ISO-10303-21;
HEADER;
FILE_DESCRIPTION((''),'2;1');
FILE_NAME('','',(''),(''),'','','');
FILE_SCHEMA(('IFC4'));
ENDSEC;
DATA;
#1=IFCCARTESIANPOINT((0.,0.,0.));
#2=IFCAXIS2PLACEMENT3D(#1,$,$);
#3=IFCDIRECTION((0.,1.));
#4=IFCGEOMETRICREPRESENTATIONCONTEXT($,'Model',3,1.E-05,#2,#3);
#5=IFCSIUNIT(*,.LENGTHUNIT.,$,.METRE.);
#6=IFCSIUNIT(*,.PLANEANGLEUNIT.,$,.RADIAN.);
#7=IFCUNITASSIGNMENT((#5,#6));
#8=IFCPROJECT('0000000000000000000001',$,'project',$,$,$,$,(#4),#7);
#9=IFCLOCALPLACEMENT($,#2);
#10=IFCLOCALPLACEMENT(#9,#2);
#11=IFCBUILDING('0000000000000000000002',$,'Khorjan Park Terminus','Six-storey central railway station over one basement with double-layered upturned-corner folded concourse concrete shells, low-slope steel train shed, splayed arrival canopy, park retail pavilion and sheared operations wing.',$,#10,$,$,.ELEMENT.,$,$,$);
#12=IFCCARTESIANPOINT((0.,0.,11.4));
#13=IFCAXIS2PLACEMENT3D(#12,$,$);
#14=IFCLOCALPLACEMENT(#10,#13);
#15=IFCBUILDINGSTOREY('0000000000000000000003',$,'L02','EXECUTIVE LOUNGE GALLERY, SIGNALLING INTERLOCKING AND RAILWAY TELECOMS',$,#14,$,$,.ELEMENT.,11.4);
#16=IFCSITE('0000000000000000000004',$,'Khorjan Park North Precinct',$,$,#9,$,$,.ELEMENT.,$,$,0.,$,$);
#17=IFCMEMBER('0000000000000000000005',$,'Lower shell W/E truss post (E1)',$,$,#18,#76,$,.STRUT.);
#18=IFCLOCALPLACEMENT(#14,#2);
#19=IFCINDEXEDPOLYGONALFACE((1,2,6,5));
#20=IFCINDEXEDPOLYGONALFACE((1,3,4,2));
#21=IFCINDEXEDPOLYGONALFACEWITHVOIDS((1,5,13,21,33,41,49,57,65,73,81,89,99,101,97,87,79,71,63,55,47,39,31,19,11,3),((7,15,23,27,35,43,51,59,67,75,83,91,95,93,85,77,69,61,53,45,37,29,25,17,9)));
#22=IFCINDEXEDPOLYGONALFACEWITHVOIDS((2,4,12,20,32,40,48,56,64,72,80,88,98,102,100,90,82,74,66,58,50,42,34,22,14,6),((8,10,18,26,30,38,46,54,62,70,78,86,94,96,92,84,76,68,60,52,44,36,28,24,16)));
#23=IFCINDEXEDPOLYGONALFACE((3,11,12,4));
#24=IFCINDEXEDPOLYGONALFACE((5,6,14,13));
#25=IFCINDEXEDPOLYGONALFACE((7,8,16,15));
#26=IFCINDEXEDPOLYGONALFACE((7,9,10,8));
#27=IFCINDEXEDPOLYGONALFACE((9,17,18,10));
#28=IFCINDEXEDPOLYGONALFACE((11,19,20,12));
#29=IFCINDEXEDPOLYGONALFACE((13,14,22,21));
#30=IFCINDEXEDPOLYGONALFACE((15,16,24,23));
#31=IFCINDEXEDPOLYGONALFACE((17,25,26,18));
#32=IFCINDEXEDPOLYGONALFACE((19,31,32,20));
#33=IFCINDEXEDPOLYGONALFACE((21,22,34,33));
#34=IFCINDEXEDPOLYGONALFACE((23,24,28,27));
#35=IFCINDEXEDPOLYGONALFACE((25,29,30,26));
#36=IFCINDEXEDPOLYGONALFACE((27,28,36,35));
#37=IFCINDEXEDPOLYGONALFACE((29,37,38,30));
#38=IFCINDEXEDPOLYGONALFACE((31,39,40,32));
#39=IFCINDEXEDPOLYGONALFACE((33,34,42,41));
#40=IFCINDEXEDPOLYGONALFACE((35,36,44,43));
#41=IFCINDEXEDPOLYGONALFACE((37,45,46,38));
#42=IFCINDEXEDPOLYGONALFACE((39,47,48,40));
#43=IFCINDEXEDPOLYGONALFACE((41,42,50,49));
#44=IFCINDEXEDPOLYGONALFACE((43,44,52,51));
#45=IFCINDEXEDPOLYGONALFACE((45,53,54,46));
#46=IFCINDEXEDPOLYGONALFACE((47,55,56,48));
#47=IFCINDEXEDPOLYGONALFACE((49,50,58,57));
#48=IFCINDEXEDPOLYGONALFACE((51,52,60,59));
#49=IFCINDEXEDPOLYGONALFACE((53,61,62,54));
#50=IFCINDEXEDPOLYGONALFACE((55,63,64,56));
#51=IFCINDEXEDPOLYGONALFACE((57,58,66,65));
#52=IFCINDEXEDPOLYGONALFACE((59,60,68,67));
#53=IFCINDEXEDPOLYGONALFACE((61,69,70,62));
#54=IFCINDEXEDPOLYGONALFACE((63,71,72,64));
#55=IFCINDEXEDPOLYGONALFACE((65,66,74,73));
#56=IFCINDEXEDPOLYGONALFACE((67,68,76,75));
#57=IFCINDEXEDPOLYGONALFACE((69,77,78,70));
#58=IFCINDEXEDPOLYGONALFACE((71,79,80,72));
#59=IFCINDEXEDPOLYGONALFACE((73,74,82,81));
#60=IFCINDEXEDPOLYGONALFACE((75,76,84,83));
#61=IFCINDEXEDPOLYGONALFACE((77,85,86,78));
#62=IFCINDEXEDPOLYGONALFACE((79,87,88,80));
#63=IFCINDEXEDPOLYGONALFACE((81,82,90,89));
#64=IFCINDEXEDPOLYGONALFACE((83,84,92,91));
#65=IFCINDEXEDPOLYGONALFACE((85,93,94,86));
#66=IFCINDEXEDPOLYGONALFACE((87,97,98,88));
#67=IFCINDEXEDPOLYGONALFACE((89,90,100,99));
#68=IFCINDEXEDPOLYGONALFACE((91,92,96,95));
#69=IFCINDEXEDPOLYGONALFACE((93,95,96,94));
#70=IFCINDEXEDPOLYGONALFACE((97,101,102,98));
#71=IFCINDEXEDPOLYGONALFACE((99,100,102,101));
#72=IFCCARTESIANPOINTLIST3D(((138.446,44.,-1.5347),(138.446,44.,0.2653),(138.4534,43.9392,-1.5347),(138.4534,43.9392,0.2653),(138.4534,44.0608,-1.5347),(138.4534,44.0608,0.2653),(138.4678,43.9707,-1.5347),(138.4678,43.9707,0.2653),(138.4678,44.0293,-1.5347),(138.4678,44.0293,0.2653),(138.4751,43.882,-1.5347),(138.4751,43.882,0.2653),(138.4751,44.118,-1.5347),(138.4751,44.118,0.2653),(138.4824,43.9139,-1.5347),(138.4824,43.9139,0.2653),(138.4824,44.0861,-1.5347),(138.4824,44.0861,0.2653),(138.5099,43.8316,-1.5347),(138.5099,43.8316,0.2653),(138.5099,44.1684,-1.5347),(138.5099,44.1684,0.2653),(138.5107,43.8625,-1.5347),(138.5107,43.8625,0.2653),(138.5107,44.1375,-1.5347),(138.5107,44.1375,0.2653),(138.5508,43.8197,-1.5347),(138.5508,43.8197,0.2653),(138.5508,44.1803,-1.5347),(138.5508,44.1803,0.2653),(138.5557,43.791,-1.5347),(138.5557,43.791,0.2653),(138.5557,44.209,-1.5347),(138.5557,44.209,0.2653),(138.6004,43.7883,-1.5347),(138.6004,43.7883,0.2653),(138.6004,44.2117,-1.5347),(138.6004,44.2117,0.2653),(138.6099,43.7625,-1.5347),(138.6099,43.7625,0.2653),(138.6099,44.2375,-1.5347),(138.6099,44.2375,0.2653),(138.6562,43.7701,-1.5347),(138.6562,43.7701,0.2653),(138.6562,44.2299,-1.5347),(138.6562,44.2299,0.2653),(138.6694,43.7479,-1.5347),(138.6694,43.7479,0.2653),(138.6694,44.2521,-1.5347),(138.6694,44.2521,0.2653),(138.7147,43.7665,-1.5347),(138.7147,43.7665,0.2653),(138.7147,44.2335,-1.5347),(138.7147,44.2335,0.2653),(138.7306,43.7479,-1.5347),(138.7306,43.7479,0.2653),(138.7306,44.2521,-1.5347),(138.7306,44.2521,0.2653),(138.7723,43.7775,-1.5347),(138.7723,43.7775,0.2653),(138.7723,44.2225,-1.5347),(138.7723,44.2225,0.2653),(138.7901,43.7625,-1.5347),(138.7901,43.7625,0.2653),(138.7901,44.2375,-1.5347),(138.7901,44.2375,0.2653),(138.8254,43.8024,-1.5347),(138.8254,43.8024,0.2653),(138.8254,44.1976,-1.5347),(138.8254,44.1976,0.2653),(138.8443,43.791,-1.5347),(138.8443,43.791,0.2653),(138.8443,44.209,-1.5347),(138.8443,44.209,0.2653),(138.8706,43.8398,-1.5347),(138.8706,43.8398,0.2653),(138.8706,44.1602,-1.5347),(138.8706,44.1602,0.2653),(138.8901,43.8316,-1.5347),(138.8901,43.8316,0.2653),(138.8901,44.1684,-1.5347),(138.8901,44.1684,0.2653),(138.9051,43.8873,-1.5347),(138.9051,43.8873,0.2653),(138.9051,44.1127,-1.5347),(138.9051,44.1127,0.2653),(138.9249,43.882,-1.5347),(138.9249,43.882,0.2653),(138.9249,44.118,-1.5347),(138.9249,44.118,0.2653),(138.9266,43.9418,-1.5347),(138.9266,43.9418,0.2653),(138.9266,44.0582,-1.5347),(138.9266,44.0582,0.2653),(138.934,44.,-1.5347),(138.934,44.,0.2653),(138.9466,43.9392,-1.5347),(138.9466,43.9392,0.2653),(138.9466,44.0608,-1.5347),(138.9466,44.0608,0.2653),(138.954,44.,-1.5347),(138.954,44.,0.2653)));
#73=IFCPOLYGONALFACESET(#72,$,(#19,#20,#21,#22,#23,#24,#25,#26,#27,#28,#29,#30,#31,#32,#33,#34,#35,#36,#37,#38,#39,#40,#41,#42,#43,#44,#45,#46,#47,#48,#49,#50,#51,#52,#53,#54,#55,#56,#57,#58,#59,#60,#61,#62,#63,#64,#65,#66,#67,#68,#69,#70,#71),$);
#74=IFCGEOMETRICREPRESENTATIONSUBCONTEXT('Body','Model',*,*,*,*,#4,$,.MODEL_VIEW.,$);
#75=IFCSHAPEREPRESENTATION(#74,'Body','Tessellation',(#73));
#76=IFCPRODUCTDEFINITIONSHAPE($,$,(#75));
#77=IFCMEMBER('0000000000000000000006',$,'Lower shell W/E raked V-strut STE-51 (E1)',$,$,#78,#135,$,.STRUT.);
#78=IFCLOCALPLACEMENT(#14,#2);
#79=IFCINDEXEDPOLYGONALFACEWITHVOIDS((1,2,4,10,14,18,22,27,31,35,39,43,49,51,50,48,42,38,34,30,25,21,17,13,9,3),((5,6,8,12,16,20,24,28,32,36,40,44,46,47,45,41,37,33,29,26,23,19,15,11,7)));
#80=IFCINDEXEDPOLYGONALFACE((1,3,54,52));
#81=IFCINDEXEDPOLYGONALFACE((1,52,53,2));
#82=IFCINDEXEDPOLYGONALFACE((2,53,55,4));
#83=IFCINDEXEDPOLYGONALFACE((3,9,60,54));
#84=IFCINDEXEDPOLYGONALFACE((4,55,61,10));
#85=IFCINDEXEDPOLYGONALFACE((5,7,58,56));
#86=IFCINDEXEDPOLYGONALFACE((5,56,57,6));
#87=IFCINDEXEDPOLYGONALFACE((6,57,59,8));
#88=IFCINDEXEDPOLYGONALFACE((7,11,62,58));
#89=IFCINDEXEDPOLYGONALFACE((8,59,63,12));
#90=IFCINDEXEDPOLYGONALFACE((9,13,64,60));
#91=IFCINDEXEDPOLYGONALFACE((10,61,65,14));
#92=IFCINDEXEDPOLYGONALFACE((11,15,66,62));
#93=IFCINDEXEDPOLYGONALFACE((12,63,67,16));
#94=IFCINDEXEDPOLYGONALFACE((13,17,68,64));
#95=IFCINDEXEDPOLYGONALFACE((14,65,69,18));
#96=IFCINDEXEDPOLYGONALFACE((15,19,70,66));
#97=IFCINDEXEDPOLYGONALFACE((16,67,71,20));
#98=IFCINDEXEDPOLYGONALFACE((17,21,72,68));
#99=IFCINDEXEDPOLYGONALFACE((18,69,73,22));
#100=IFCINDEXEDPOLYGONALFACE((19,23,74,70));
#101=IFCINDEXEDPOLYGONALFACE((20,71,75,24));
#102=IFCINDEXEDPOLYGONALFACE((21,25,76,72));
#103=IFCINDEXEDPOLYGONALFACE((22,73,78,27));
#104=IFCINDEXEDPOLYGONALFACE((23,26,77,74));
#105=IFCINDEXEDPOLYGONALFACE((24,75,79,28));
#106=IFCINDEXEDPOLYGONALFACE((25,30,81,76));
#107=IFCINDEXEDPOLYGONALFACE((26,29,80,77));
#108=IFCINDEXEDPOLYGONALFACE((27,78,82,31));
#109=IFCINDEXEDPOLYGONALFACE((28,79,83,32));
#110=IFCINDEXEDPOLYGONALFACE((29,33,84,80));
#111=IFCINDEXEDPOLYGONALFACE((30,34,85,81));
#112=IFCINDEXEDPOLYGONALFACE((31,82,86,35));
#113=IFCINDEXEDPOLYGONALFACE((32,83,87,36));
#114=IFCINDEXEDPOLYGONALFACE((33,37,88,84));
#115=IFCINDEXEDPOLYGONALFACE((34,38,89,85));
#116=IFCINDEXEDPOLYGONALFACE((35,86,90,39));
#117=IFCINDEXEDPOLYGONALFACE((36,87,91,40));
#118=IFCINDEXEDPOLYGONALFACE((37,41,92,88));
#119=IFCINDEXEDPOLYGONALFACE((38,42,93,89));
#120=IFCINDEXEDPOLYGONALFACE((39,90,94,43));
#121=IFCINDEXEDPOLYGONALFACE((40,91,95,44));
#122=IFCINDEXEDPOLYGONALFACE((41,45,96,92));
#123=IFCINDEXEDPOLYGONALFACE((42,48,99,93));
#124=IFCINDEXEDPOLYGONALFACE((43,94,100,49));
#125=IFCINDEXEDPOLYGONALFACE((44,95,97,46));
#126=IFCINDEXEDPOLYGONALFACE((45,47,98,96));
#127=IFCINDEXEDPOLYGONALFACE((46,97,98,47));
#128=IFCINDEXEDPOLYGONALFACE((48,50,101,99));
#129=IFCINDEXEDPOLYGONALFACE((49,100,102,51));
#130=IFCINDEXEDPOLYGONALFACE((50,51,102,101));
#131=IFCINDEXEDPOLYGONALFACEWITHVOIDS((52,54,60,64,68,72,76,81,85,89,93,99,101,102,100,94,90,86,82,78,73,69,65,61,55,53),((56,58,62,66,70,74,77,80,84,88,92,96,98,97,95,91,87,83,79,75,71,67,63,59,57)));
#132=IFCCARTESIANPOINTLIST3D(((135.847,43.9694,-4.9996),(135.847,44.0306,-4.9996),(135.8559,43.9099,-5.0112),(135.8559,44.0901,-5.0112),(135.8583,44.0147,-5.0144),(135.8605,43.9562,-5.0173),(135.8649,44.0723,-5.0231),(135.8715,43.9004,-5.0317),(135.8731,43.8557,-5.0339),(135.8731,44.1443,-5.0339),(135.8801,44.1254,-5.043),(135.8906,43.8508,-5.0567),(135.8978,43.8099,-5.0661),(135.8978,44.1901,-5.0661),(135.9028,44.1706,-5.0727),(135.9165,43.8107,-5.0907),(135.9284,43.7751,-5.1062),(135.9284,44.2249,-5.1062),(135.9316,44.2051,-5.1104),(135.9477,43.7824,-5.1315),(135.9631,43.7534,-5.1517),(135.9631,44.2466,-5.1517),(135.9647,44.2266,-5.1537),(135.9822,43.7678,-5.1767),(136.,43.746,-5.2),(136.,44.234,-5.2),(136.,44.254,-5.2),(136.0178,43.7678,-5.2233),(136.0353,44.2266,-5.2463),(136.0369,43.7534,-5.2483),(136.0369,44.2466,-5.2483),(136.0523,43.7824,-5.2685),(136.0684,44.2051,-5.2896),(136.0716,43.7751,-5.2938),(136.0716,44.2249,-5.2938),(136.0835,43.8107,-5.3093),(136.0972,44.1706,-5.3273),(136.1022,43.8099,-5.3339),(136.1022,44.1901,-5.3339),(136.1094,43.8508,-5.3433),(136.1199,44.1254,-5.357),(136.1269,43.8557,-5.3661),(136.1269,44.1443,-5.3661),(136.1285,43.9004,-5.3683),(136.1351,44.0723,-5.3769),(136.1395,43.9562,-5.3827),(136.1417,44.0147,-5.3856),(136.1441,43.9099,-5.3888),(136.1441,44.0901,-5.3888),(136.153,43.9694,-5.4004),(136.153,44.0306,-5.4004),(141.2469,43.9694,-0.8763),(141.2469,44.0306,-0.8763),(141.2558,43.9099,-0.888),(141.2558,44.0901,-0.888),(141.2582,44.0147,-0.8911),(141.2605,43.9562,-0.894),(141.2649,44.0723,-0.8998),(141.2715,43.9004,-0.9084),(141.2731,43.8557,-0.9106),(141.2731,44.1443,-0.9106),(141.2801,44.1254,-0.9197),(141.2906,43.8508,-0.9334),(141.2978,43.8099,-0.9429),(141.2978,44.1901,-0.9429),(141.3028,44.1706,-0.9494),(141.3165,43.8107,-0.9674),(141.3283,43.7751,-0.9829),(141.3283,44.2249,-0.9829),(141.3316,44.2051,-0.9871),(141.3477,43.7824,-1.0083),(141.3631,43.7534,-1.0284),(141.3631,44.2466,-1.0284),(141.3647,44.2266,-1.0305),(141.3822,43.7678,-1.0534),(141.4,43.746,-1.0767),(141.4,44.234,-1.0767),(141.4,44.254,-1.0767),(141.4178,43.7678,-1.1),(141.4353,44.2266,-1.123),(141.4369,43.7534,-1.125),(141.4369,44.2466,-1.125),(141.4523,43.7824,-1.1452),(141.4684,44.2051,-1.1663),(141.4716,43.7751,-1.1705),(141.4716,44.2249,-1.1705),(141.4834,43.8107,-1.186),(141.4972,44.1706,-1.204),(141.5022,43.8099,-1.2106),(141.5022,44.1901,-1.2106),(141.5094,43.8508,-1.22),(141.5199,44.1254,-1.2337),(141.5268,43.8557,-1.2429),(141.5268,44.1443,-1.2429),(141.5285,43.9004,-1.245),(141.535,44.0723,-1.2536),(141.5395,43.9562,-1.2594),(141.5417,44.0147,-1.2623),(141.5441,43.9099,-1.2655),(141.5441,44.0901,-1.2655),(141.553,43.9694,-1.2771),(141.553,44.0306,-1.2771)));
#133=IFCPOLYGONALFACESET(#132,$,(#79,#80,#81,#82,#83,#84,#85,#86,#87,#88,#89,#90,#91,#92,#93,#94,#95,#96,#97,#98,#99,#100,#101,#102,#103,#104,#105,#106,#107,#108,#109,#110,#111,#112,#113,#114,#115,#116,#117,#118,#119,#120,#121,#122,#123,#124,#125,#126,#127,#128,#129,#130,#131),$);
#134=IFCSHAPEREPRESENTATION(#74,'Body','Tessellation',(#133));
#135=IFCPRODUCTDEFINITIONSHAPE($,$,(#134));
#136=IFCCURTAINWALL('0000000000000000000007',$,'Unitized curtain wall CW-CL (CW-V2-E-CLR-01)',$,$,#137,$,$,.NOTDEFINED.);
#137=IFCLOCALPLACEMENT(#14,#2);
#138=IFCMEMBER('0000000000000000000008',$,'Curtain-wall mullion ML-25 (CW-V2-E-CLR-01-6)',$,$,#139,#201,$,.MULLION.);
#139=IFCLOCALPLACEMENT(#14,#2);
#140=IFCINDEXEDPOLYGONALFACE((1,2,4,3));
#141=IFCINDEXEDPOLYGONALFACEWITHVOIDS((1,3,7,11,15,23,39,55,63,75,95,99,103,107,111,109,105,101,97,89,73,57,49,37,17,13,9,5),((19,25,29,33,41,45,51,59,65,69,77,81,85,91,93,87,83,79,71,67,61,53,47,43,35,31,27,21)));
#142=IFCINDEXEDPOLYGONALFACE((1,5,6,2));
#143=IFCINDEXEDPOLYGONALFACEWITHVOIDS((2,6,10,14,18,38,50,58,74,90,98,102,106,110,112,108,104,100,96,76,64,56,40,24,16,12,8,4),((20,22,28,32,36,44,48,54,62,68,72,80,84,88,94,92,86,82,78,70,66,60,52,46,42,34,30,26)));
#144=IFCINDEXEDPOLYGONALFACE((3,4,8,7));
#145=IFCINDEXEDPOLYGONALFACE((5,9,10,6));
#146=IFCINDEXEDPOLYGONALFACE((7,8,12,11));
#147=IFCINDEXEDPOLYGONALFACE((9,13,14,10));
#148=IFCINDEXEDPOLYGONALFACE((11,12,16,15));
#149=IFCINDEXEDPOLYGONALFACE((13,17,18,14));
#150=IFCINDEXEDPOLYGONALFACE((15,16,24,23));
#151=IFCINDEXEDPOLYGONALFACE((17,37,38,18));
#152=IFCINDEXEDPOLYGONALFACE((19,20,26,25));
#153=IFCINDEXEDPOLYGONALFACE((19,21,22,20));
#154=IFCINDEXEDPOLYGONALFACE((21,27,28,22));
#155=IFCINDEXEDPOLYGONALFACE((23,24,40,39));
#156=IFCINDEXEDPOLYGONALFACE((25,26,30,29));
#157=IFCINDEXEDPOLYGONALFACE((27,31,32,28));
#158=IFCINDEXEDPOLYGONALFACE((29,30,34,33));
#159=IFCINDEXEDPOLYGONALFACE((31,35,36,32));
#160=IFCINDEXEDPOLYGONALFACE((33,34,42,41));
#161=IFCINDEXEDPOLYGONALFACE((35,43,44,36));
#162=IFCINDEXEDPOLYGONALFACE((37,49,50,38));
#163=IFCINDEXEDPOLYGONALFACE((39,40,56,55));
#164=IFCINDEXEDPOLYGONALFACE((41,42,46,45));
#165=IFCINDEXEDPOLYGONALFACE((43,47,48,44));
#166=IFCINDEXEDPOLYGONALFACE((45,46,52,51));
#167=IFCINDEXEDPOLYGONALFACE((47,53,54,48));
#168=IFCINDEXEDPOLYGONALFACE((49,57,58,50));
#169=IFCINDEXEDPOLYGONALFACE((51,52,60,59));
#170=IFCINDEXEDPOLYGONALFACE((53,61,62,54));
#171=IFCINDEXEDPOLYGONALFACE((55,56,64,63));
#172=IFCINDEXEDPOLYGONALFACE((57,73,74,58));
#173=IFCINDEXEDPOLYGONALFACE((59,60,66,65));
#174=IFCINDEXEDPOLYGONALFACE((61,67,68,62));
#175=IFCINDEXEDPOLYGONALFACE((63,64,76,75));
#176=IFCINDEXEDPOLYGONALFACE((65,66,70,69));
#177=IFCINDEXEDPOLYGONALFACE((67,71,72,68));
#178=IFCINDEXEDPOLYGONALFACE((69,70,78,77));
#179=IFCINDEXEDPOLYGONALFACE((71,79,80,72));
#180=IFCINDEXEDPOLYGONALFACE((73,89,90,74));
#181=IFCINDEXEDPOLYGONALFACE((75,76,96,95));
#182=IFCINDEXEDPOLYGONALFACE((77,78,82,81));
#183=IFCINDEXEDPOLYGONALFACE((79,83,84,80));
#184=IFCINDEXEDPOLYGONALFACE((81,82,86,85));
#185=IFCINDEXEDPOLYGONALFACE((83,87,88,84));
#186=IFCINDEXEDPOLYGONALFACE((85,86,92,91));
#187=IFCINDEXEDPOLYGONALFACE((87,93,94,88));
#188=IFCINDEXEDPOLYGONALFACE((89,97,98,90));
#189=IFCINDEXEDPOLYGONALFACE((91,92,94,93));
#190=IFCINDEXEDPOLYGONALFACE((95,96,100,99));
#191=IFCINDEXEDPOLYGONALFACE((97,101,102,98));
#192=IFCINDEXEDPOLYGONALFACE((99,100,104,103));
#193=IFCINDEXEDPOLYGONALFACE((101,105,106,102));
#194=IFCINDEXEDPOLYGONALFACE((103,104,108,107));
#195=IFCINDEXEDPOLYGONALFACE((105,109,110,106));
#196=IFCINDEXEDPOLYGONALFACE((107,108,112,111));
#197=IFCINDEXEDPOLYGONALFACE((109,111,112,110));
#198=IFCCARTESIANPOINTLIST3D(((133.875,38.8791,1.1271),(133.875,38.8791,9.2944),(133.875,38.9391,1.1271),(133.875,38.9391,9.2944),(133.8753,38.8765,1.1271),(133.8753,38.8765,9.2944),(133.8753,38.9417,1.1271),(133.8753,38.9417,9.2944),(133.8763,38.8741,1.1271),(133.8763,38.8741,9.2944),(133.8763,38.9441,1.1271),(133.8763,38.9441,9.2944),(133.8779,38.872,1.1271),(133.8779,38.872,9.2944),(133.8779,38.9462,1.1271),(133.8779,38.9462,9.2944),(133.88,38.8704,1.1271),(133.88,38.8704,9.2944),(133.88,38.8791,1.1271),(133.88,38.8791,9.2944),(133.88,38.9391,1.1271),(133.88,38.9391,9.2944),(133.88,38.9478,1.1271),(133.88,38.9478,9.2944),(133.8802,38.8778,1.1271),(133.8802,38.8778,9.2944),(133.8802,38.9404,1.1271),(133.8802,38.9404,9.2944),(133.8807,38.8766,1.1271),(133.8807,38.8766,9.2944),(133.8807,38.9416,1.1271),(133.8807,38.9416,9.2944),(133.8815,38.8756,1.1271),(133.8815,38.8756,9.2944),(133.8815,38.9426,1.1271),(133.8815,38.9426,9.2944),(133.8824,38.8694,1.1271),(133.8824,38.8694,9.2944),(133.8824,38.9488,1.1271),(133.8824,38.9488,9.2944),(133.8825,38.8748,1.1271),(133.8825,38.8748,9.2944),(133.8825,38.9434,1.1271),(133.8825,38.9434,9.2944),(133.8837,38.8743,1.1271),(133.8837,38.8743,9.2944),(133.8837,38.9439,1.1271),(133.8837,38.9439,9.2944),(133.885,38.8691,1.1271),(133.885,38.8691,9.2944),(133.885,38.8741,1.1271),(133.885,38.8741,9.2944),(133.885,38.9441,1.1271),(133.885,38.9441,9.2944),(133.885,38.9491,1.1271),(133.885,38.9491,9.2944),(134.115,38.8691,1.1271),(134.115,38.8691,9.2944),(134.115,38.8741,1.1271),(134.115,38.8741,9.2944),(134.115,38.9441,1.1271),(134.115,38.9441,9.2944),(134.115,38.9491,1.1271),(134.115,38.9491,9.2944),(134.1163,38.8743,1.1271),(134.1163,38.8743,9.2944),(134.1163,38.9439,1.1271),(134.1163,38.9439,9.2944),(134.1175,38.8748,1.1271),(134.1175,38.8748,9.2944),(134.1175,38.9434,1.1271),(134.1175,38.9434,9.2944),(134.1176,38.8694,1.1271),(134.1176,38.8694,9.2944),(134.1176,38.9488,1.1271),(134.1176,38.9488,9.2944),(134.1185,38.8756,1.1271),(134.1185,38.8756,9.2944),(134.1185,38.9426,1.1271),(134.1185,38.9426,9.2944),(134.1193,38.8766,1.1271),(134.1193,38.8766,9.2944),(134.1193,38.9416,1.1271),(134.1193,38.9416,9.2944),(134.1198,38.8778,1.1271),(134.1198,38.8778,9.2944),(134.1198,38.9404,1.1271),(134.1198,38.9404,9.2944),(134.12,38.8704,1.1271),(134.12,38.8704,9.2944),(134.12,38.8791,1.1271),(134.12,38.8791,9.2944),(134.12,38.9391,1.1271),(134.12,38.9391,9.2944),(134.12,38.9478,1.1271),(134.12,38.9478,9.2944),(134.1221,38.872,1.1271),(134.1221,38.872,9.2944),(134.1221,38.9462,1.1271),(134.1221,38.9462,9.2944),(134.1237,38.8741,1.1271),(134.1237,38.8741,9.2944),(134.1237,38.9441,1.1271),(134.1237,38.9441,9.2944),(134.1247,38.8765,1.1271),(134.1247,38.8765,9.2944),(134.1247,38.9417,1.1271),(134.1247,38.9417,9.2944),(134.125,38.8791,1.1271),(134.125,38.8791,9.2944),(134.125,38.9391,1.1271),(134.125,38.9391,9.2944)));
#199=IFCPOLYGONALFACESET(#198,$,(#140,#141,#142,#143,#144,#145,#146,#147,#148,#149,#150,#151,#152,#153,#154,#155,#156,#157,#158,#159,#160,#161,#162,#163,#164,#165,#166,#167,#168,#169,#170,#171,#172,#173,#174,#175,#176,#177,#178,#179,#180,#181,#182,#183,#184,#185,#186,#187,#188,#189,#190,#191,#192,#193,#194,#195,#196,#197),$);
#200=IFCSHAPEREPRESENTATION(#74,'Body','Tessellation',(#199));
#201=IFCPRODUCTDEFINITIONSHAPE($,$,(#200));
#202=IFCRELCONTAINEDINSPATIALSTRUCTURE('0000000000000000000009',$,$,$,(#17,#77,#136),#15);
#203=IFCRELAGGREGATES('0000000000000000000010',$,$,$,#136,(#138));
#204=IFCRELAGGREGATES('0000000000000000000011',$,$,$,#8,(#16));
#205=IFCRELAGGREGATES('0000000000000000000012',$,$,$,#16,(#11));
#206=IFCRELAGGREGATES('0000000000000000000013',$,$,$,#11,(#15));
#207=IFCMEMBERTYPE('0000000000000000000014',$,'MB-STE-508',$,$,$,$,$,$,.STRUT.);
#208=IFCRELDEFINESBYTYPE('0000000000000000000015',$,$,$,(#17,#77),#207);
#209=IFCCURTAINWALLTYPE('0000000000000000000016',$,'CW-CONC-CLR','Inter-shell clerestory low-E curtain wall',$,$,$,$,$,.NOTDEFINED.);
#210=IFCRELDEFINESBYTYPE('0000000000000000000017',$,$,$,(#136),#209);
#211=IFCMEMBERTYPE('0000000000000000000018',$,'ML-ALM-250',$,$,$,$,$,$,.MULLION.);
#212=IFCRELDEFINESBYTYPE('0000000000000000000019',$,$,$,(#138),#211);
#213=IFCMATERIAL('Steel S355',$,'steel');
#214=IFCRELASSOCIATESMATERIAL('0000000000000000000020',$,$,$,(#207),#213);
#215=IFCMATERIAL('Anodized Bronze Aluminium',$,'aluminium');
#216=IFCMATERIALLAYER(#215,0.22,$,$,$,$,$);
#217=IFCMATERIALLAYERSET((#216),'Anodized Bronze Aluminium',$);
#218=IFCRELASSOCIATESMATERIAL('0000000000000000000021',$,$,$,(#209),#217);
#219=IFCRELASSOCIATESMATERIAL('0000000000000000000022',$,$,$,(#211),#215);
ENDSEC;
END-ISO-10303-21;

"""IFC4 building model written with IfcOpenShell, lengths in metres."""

from ifc_helpers import new_model, si_unit, direction, frame, origin, origin_2d, place, context, subcontext, project, spatial, hollow_rectangle, hollow_circle, extrude, material, layer, layer_set, material_profile, profile_set, type_object, element, aggregate, save


model = new_model("IFC4")

# Units and contexts
model_context = context("Model", 3, precision=1e-05, world=origin(), true_north=direction((0.0, 1.0)))
body_context = subcontext(model_context, "Body", "Model", "MODEL_VIEW")
ifc_project = project(units=[si_unit("LENGTHUNIT", "METRE"), si_unit("PLANEANGLEUNIT", "RADIAN")], contexts=[model_context])

# Site, building, storey
site_placement = place(None, origin())
site = spatial("IfcSite", under=ifc_project, at=site_placement, Name="Khorjan Park North Precinct", CompositionType="ELEMENT", RefElevation=0.0)
building_placement = place(site_placement, origin())
building = spatial("IfcBuilding", under=site, at=building_placement, Name="Khorjan Park Terminus", Description="Six-storey central railway station over one basement with double-layered upturned-corner folded concourse concrete shells, low-slope steel train shed, splayed arrival canopy, park retail pavilion and sheared operations wing.", CompositionType="ELEMENT")
storey_placement = place(building_placement, frame((0.0, 0.0, 11.4)))
storey = spatial("IfcBuildingStorey", under=building, at=storey_placement, Name="L02", Description="EXECUTIVE LOUNGE GALLERY, SIGNALLING INTERLOCKING AND RAILWAY TELECOMS", CompositionType="ELEMENT", Elevation=11.4)

# Members
ifc_material_1 = material(Name="Steel S355", Category="steel")
ifc_material_profile_1 = material_profile(ifc_material_1, hollow_circle(Radius=0.254, WallThickness=0.02, at=origin_2d()), Name="CHS 508x20")
ifc_profile_set_1 = profile_set([ifc_material_profile_1], Name="Steel S355")
member_type_1 = type_object("IfcMemberType", Name="MB-STE-508", PredefinedType="STRUT", material=ifc_profile_set_1)
member_1_placement = place(storey_placement, frame((138.7, 44.0, -1.5347), z_axis=(0.0, 0.0, 1.0), x_axis=(1.0, 0.0, 0.0)))
element("IfcMember", 1, at=member_1_placement, inside=storey, type_object=member_type_1, Name="Lower shell W/E truss post (E1)", PredefinedType="STRUT", context=body_context, shape_type="SweptSolid", body=[
    extrude(hollow_circle(Radius=0.254, WallThickness=0.02, at=origin_2d()), origin(), (0.0, 0.0, 1.0), 1.8),
])
member_2_placement = place(storey_placement, frame((136.0, 44.0, -5.2), z_axis=(0.794792, 0.0, 0.606882), x_axis=(0.0, 1.0, 0.0)))
element("IfcMember", 2, at=member_2_placement, inside=storey, type_object=member_type_1, Name="Lower shell W/E raked V-strut STE-51 (E1)", PredefinedType="STRUT", context=body_context, shape_type="SweptSolid", body=[
    extrude(hollow_circle(Radius=0.254, WallThickness=0.02, at=origin_2d()), origin(), (0.0, 0.0, 1.0), 6.7942),
])

# Curtain wall, member
ifc_material_2 = material(Name="Anodized Bronze Aluminium", Category="aluminium")
ifc_layer_1 = layer(ifc_material_2, 0.22)
ifc_layer_set_1 = layer_set([ifc_layer_1], Name="Anodized Bronze Aluminium")
curtain_wall_type = type_object("IfcCurtainWallType", Name="CW-CONC-CLR", Description="Inter-shell clerestory low-E curtain wall", PredefinedType="NOTDEFINED", material=ifc_layer_set_1)
curtain_wall_placement = place(storey_placement, origin())
curtain_wall = element("IfcCurtainWall", 3, at=curtain_wall_placement, inside=storey, type_object=curtain_wall_type, Name="Unitized curtain wall CW-CL (CW-V2-E-CLR-01)", PredefinedType="NOTDEFINED")
ifc_material_profile_2 = material_profile(ifc_material_2, hollow_rectangle(XDim=0.08, YDim=0.25, WallThickness=0.005, InnerFilletRadius=0.005, OuterFilletRadius=0.01, at=origin_2d()), Name="ALM 80x250x5")
ifc_profile_set_2 = profile_set([ifc_material_profile_2], Name="Anodized Bronze Aluminium")
member_type_2 = type_object("IfcMemberType", Name="ML-ALM-250", PredefinedType="MULLION", material=ifc_profile_set_2)
member_3_placement = place(storey_placement, frame((134.0, 38.9091, 1.1271), z_axis=(0.0, 0.0, 1.0), x_axis=(0.0, 1.0, 0.0)))
member_3 = element("IfcMember", 4, at=member_3_placement, type_object=member_type_2, Name="Curtain-wall mullion ML-25 (CW-V2-E-CLR-01-6)", PredefinedType="MULLION", context=body_context, shape_type="SweptSolid", body=[
    extrude(hollow_rectangle(XDim=0.08, YDim=0.25, WallThickness=0.005, InnerFilletRadius=0.005, OuterFilletRadius=0.01, at=origin_2d()), origin(), (0.0, 0.0, 1.0), 8.1673),
])

aggregate(curtain_wall, [member_3])

save(model, "model.ifc")
